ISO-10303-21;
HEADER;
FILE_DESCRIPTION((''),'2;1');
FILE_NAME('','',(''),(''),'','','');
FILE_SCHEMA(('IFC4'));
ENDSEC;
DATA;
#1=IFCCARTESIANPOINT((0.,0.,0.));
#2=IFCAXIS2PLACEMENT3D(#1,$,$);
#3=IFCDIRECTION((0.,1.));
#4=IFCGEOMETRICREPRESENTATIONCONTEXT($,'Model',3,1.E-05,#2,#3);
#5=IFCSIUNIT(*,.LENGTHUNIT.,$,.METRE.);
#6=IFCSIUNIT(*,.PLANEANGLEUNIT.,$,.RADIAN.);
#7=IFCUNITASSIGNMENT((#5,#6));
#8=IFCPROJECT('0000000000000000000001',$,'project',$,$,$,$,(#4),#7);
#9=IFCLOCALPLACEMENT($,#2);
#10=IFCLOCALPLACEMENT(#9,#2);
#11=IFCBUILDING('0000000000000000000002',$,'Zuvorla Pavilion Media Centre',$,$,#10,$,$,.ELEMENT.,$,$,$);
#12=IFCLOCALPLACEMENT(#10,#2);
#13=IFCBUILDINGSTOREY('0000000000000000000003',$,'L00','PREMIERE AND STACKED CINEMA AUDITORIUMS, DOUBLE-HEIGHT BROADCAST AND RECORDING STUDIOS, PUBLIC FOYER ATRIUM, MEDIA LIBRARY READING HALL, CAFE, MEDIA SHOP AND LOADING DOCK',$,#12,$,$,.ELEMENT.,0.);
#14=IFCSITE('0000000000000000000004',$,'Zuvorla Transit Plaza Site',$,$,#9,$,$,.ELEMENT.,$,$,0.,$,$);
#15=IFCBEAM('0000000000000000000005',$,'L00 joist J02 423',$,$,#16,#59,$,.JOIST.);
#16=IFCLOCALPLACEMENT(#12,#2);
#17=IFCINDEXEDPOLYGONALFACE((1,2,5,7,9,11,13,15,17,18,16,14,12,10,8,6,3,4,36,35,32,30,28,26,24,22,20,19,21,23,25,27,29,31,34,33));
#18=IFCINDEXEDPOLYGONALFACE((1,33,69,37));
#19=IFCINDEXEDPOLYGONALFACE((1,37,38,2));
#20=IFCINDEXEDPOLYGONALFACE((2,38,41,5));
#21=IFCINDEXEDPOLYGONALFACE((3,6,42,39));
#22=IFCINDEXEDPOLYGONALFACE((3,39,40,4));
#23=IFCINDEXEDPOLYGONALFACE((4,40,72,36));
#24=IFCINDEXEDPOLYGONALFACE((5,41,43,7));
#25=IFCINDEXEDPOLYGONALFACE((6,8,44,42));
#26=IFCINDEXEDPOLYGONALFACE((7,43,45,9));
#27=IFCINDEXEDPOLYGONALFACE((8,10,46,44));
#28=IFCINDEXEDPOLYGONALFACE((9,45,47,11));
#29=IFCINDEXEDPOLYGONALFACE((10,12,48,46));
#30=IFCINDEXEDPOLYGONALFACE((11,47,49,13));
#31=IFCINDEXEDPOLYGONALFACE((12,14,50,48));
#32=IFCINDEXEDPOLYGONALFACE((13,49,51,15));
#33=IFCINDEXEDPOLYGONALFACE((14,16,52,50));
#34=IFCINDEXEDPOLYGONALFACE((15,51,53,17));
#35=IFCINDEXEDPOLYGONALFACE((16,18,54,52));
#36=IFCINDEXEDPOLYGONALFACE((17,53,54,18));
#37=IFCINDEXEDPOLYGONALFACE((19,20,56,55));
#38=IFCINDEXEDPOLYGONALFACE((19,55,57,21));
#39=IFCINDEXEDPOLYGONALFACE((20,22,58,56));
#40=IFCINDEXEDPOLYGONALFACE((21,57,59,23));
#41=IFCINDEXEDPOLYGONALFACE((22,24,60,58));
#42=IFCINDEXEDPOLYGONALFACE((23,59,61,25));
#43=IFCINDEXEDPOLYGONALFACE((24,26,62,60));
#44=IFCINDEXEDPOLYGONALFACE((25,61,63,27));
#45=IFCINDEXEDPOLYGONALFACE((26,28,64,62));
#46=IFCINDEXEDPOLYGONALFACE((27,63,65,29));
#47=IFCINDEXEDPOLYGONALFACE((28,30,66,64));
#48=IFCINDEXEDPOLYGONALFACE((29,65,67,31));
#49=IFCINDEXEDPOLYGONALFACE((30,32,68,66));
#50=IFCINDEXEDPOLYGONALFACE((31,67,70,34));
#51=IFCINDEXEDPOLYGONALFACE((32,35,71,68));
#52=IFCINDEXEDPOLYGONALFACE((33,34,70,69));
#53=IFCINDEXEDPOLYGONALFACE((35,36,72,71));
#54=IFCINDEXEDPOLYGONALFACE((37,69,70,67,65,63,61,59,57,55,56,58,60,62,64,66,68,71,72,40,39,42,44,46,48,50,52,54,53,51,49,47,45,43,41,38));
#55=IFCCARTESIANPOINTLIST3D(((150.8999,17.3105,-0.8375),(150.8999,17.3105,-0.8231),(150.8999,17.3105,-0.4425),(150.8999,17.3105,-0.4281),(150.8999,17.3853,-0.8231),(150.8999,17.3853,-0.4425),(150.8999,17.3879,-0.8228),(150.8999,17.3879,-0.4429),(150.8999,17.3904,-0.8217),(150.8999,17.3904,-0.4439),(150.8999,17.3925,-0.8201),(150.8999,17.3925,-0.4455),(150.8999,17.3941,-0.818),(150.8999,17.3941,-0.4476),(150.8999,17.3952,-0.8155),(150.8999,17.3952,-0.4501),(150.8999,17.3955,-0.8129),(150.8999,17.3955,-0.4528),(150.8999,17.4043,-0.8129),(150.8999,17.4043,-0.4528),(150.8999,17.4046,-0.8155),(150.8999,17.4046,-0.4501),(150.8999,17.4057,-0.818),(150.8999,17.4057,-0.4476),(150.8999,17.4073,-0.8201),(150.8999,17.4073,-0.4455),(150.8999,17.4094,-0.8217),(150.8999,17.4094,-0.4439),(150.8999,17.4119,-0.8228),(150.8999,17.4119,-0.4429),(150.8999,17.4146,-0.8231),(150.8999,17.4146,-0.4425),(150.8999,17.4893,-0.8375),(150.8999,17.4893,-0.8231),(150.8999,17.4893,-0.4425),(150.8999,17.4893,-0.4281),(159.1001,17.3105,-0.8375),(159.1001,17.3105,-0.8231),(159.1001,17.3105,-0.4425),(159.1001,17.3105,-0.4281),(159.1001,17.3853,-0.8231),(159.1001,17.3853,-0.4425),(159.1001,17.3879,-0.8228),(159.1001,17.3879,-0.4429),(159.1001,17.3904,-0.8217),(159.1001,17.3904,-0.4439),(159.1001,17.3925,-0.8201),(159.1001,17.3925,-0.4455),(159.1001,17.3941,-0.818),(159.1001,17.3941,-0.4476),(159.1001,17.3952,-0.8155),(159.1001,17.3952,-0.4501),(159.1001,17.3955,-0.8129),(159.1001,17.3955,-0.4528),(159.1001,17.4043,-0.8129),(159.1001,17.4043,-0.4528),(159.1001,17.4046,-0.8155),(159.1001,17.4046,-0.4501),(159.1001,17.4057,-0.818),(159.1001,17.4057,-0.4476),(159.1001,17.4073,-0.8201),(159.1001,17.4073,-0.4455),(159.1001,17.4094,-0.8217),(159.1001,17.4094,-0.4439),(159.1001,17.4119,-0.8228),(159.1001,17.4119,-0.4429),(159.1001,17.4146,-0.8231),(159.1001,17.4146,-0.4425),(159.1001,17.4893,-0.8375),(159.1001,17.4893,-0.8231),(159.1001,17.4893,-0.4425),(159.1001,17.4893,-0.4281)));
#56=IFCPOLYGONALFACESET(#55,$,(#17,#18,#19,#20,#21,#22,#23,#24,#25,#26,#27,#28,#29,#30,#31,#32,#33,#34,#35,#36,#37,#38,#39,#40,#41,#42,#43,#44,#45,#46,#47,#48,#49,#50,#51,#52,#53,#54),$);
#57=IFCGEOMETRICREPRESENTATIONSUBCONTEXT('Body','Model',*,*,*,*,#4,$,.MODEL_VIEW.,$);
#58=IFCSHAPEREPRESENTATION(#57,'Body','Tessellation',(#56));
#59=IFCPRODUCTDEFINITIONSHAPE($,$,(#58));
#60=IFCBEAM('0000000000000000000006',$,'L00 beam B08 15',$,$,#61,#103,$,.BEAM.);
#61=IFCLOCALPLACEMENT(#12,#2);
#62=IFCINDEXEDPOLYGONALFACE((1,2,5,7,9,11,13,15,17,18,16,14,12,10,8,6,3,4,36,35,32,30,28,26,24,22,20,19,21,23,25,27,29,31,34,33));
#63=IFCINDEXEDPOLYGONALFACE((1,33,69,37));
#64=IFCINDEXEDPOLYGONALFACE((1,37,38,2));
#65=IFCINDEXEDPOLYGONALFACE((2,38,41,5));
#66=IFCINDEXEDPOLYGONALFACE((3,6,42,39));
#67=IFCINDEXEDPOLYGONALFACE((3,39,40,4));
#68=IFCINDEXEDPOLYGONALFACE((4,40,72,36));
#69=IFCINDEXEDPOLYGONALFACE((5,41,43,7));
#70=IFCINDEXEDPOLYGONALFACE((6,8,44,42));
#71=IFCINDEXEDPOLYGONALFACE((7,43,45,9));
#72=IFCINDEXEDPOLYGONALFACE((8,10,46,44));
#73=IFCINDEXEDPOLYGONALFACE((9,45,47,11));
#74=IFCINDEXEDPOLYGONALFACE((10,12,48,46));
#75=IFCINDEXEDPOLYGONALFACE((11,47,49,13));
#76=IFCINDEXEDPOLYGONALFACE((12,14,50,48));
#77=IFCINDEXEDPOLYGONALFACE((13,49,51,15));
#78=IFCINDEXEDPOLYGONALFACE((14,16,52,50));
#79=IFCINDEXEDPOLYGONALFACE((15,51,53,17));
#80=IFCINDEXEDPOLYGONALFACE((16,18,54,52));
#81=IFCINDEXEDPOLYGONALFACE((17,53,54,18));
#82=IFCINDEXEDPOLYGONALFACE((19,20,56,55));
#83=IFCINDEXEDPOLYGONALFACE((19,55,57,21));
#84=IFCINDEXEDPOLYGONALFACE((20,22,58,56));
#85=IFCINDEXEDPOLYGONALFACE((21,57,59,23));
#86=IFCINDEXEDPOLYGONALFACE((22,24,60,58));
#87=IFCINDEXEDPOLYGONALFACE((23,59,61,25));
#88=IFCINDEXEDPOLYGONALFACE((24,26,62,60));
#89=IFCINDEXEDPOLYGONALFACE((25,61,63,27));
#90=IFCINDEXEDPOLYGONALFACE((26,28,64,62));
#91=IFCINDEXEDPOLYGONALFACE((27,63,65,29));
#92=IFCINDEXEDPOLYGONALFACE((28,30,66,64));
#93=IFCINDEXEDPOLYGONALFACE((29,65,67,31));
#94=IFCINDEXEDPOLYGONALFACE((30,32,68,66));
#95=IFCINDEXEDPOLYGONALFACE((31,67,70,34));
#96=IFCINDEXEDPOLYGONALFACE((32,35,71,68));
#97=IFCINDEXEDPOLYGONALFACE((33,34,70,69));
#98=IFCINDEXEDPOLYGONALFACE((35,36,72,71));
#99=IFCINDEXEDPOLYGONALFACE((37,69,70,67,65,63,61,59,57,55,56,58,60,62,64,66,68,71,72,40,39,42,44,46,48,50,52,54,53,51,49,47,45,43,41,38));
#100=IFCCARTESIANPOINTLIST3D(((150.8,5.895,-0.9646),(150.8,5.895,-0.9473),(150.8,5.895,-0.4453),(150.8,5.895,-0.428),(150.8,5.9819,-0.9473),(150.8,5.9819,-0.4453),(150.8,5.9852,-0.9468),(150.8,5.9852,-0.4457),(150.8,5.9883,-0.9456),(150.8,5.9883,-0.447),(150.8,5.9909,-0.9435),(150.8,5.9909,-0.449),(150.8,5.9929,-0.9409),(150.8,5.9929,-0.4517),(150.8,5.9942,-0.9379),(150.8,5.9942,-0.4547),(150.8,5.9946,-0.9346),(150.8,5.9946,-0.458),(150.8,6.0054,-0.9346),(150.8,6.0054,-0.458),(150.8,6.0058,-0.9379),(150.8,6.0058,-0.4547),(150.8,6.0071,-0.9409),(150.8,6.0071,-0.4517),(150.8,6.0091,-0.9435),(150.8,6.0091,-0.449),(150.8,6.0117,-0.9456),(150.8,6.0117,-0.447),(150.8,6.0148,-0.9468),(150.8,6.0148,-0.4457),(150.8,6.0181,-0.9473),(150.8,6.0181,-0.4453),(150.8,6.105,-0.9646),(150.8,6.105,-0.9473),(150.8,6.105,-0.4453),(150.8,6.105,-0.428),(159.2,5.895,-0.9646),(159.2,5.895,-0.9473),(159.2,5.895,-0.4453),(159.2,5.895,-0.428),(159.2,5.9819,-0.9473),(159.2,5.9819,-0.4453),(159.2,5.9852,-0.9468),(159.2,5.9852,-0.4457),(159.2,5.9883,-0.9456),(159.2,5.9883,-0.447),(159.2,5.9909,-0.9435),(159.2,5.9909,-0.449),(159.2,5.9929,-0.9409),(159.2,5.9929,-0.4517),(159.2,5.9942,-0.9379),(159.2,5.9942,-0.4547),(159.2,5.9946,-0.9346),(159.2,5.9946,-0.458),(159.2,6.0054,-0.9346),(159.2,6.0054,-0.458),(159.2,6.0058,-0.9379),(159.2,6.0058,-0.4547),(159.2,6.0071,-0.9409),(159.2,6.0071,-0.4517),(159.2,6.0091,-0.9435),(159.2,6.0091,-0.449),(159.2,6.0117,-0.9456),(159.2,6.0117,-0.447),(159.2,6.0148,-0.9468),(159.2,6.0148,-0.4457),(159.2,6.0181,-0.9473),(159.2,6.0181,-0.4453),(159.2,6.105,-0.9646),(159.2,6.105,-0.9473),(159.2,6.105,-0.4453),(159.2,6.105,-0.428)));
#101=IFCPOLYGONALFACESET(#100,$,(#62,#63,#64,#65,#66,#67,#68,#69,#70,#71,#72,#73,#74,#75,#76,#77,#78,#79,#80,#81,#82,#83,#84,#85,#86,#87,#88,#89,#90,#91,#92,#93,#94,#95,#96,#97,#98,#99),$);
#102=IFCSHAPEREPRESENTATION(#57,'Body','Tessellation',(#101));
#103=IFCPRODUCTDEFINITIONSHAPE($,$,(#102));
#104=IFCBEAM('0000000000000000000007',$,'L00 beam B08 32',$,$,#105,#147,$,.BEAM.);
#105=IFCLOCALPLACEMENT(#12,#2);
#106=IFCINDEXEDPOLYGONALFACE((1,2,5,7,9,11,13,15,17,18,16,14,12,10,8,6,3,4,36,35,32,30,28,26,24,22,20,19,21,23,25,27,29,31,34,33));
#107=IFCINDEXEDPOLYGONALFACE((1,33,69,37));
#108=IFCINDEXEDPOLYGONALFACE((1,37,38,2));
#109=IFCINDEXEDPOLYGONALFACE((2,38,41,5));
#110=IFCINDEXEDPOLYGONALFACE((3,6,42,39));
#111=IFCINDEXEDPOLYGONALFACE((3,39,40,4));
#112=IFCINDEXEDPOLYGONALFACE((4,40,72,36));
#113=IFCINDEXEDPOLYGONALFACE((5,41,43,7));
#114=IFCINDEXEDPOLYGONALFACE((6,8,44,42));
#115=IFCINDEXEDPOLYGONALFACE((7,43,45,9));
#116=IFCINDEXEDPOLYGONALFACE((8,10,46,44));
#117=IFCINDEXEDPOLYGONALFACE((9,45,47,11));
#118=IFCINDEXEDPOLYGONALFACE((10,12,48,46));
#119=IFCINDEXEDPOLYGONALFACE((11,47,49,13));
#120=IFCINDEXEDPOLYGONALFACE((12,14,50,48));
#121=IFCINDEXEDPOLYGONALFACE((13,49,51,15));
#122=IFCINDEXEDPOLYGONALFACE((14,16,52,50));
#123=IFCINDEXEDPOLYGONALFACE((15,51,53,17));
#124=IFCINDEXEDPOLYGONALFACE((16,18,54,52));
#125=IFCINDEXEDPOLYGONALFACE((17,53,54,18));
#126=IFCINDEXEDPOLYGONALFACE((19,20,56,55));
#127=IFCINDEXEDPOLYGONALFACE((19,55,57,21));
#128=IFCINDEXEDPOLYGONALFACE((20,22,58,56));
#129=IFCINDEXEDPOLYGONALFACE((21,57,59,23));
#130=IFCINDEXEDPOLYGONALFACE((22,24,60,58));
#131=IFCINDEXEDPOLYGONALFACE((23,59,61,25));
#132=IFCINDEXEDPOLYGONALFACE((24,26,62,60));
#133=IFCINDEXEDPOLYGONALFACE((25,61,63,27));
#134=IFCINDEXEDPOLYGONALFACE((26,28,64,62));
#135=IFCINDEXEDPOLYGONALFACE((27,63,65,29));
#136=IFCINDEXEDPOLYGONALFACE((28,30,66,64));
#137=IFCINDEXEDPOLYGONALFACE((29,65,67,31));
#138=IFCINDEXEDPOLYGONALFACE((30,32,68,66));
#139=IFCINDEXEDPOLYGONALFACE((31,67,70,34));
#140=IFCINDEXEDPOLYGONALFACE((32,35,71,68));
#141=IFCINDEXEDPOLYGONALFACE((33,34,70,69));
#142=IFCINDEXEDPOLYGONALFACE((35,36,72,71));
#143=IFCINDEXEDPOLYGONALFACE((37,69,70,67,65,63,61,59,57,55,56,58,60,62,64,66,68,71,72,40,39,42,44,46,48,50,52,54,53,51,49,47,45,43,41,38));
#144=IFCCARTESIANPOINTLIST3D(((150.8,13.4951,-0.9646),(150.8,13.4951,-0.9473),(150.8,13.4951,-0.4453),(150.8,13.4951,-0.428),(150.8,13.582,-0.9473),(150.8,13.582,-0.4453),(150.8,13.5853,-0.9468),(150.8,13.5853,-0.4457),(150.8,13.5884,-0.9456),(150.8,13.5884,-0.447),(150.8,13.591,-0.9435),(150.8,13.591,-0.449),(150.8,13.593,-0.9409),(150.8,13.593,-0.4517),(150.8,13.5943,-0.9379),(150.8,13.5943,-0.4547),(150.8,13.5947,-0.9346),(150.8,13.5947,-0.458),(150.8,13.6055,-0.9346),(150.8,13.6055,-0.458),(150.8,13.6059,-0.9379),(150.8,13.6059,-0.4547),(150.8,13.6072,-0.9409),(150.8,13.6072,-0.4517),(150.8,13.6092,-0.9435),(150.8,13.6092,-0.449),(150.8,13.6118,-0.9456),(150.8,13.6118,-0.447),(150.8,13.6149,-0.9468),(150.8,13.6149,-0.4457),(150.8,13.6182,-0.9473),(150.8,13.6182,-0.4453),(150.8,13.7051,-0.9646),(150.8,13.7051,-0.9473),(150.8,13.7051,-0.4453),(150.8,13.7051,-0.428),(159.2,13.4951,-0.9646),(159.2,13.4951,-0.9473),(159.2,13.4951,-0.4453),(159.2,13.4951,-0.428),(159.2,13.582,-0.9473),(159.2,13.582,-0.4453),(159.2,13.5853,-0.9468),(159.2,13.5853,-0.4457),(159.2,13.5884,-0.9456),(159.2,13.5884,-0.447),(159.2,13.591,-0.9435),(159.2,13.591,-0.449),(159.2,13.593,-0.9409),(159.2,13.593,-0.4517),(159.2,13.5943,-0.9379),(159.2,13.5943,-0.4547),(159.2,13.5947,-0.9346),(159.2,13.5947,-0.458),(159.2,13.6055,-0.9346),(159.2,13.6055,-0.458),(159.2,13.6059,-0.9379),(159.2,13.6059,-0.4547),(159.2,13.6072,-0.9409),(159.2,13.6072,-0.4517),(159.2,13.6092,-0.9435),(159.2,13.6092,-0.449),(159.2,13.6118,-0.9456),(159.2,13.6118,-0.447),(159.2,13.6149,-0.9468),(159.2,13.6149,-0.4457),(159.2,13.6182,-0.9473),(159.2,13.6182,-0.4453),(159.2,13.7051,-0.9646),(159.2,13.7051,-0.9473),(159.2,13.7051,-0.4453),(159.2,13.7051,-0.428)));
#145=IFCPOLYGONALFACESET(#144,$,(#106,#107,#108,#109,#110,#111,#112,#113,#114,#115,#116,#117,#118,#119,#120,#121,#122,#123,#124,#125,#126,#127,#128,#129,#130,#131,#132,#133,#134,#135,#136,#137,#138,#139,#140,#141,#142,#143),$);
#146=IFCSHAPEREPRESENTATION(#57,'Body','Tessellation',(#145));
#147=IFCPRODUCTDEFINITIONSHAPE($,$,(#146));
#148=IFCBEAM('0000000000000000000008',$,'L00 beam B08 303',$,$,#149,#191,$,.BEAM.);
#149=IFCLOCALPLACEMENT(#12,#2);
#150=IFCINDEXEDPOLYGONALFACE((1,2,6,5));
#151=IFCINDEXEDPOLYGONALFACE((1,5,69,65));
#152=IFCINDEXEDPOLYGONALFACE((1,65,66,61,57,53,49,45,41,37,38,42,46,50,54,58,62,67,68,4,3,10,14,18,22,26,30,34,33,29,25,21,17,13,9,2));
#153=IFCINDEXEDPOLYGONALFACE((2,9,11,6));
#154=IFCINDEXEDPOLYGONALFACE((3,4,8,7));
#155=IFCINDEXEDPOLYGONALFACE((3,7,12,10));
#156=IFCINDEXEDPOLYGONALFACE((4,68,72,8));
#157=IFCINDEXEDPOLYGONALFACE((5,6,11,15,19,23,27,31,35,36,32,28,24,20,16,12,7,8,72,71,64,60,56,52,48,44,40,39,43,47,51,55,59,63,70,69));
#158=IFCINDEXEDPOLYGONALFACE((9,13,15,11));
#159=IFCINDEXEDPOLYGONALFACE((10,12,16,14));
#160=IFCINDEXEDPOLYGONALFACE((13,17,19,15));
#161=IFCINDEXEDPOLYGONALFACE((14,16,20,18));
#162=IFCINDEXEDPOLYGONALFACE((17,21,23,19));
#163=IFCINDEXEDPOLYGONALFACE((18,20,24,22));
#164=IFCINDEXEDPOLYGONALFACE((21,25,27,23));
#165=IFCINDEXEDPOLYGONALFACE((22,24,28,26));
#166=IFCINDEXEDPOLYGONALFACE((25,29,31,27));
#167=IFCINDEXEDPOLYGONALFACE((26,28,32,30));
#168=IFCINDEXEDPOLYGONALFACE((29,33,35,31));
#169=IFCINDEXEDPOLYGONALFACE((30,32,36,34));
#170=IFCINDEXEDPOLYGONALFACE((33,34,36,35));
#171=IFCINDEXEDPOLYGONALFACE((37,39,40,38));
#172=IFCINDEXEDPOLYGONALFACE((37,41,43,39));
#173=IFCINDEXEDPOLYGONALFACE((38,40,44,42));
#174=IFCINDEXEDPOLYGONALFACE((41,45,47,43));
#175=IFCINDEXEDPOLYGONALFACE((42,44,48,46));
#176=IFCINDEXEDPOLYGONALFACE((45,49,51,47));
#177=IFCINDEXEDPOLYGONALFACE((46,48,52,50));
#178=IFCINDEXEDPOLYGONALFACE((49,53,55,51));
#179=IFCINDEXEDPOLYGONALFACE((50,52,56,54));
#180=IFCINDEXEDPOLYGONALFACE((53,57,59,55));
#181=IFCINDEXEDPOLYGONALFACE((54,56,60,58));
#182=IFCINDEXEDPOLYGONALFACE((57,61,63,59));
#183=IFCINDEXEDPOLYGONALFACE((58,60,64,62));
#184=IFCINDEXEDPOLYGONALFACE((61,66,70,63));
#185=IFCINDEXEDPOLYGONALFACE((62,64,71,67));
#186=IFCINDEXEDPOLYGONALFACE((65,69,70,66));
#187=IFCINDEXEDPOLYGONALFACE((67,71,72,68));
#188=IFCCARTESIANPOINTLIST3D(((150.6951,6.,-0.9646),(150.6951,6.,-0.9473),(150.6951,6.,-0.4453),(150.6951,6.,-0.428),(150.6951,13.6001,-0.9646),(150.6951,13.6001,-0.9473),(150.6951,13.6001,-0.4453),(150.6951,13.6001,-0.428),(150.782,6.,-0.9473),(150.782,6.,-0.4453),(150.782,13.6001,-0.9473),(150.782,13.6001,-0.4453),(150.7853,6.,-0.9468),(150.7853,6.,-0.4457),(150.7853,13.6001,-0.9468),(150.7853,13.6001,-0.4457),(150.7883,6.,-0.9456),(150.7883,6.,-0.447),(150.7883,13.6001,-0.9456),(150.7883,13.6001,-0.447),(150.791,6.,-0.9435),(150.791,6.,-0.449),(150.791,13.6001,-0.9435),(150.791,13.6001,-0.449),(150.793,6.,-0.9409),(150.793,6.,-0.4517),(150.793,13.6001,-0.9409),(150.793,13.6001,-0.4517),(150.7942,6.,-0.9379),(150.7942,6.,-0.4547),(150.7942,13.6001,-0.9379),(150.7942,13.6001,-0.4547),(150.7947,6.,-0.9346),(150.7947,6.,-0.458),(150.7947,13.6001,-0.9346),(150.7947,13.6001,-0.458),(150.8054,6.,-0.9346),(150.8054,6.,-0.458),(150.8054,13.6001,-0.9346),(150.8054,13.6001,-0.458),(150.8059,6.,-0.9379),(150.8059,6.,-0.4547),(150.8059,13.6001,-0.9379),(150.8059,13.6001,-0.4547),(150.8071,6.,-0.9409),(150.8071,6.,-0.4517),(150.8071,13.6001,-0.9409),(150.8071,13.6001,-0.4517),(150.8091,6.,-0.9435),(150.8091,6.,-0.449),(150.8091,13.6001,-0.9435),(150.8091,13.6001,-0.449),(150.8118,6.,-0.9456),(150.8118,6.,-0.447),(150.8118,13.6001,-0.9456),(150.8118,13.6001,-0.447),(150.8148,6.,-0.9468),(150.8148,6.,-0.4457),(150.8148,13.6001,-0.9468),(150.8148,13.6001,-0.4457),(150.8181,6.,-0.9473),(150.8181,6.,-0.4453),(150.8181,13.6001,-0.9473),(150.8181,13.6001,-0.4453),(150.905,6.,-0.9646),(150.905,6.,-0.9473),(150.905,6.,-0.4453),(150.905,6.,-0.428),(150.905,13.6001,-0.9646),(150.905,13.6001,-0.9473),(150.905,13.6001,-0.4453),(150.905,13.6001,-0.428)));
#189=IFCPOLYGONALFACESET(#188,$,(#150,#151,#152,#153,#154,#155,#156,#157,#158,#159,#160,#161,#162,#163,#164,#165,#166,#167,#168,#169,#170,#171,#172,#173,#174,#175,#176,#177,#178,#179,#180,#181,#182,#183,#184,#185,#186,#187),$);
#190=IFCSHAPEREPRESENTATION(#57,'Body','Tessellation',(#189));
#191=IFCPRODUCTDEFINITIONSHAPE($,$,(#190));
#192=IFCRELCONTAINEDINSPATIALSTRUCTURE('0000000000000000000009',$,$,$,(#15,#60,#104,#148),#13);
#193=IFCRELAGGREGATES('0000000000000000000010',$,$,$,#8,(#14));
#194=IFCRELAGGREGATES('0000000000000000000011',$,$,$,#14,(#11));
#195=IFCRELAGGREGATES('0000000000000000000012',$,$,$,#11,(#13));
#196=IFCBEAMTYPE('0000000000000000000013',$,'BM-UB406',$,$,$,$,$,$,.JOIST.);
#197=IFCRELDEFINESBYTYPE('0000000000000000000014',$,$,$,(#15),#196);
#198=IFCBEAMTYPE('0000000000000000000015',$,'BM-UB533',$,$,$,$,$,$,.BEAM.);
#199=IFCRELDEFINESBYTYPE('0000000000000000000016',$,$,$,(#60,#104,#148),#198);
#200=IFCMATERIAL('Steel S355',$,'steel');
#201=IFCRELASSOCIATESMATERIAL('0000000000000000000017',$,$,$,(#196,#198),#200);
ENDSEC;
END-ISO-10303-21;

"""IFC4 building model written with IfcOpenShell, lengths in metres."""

from ifc_helpers import new_model, si_unit, direction, frame, origin, origin_2d, place, context, subcontext, project, spatial, i_section, extrude, material, material_profile, profile_set, type_object, element, save


model = new_model("IFC4")

# Units and contexts
model_context = context("Model", 3, precision=1e-05, world=origin(), true_north=direction((0.0, 1.0)))
body_context = subcontext(model_context, "Body", "Model", "MODEL_VIEW")
ifc_project = project(units=[si_unit("LENGTHUNIT", "METRE"), si_unit("PLANEANGLEUNIT", "RADIAN")], contexts=[model_context])

# Site, building, storey
site_placement = place(None, origin())
site = spatial("IfcSite", under=ifc_project, at=site_placement, Name="Zuvorla Transit Plaza Site", CompositionType="ELEMENT", RefElevation=0.0)
building_placement = place(site_placement, origin())
building = spatial("IfcBuilding", under=site, at=building_placement, Name="Zuvorla Pavilion Media Centre", CompositionType="ELEMENT")
storey_placement = place(building_placement, origin())
storey = spatial("IfcBuildingStorey", under=building, at=storey_placement, Name="L00", Description="PREMIERE AND STACKED CINEMA AUDITORIUMS, DOUBLE-HEIGHT BROADCAST AND RECORDING STUDIOS, PUBLIC FOYER ATRIUM, MEDIA LIBRARY READING HALL, CAFE, MEDIA SHOP AND LOADING DOCK", CompositionType="ELEMENT", Elevation=0.0)

# Beams
ifc_material_1 = material(Name="Steel S355", Category="steel")
ifc_material_profile_1 = material_profile(ifc_material_1, i_section(OverallWidth=0.1787, OverallDepth=0.4094, WebThickness=0.0088, FlangeThickness=0.0144, FilletRadius=0.0103, at=origin_2d()), Name="UB 406x178x67")
ifc_profile_set_1 = profile_set([ifc_material_profile_1], Name="Steel S355")
beam_type_1 = type_object("IfcBeamType", Name="BM-UB406", PredefinedType="JOIST", material=ifc_profile_set_1)
for number, where, z_axis, x_axis, name in (
    (1, (150.8999, 17.3999, -0.6328), (1.0, 0.0, 0.0), (0.0, 1.0, 0.0), "L00 joist J02 423"),
):
    element("IfcBeam", number, at=place(storey_placement, frame(where, z_axis=z_axis, x_axis=x_axis)), inside=storey, type_object=beam_type_1, Name=name, PredefinedType="JOIST", context=body_context, shape_type="SweptSolid", body=[
        extrude(i_section(OverallWidth=0.1787, OverallDepth=0.4094, WebThickness=0.0088, FlangeThickness=0.0144, FilletRadius=0.0103, at=origin_2d()), origin(), (0.0, 0.0, 1.0), 8.2002),
    ])
ifc_material_profile_2 = material_profile(ifc_material_1, i_section(OverallWidth=0.21, OverallDepth=0.5366, WebThickness=0.0107, FlangeThickness=0.0173, FilletRadius=0.0127, at=origin_2d()), Name="UB 533x210x101")
ifc_profile_set_2 = profile_set([ifc_material_profile_2], Name="Steel S355")
beam_type_2 = type_object("IfcBeamType", Name="BM-UB533", PredefinedType="BEAM", material=ifc_profile_set_2)
for number, where, z_axis, x_axis, name in (
    (2, (150.8, 6.0, -0.6963), (1.0, 0.0, 0.0), (0.0, 1.0, 0.0), "L00 beam B08 15"),
    (3, (150.8, 13.6001, -0.6963), (1.0, 0.0, 0.0), (0.0, 1.0, 0.0), "L00 beam B08 32"),
):
    element("IfcBeam", number, at=place(storey_placement, frame(where, z_axis=z_axis, x_axis=x_axis)), inside=storey, type_object=beam_type_2, Name=name, PredefinedType="BEAM", context=body_context, shape_type="SweptSolid", body=[
        extrude(i_section(OverallWidth=0.21, OverallDepth=0.5366, WebThickness=0.0107, FlangeThickness=0.0173, FilletRadius=0.0127, at=origin_2d()), origin(), (0.0, 0.0, 1.0), 8.3999),
    ])
beam_1_placement = place(storey_placement, frame((150.8, 6.0, -0.6963), z_axis=(0.0, 1.0, 0.0), x_axis=(-1.0, 0.0, 0.0)))
element("IfcBeam", 4, at=beam_1_placement, inside=storey, type_object=beam_type_2, Name="L00 beam B08 303", PredefinedType="BEAM", context=body_context, shape_type="SweptSolid", body=[
    extrude(i_section(OverallWidth=0.21, OverallDepth=0.5366, WebThickness=0.0107, FlangeThickness=0.0173, FilletRadius=0.0127, at=origin_2d()), origin(), (0.0, 0.0, 1.0), 7.6001),
])

save(model, "model.ifc")
